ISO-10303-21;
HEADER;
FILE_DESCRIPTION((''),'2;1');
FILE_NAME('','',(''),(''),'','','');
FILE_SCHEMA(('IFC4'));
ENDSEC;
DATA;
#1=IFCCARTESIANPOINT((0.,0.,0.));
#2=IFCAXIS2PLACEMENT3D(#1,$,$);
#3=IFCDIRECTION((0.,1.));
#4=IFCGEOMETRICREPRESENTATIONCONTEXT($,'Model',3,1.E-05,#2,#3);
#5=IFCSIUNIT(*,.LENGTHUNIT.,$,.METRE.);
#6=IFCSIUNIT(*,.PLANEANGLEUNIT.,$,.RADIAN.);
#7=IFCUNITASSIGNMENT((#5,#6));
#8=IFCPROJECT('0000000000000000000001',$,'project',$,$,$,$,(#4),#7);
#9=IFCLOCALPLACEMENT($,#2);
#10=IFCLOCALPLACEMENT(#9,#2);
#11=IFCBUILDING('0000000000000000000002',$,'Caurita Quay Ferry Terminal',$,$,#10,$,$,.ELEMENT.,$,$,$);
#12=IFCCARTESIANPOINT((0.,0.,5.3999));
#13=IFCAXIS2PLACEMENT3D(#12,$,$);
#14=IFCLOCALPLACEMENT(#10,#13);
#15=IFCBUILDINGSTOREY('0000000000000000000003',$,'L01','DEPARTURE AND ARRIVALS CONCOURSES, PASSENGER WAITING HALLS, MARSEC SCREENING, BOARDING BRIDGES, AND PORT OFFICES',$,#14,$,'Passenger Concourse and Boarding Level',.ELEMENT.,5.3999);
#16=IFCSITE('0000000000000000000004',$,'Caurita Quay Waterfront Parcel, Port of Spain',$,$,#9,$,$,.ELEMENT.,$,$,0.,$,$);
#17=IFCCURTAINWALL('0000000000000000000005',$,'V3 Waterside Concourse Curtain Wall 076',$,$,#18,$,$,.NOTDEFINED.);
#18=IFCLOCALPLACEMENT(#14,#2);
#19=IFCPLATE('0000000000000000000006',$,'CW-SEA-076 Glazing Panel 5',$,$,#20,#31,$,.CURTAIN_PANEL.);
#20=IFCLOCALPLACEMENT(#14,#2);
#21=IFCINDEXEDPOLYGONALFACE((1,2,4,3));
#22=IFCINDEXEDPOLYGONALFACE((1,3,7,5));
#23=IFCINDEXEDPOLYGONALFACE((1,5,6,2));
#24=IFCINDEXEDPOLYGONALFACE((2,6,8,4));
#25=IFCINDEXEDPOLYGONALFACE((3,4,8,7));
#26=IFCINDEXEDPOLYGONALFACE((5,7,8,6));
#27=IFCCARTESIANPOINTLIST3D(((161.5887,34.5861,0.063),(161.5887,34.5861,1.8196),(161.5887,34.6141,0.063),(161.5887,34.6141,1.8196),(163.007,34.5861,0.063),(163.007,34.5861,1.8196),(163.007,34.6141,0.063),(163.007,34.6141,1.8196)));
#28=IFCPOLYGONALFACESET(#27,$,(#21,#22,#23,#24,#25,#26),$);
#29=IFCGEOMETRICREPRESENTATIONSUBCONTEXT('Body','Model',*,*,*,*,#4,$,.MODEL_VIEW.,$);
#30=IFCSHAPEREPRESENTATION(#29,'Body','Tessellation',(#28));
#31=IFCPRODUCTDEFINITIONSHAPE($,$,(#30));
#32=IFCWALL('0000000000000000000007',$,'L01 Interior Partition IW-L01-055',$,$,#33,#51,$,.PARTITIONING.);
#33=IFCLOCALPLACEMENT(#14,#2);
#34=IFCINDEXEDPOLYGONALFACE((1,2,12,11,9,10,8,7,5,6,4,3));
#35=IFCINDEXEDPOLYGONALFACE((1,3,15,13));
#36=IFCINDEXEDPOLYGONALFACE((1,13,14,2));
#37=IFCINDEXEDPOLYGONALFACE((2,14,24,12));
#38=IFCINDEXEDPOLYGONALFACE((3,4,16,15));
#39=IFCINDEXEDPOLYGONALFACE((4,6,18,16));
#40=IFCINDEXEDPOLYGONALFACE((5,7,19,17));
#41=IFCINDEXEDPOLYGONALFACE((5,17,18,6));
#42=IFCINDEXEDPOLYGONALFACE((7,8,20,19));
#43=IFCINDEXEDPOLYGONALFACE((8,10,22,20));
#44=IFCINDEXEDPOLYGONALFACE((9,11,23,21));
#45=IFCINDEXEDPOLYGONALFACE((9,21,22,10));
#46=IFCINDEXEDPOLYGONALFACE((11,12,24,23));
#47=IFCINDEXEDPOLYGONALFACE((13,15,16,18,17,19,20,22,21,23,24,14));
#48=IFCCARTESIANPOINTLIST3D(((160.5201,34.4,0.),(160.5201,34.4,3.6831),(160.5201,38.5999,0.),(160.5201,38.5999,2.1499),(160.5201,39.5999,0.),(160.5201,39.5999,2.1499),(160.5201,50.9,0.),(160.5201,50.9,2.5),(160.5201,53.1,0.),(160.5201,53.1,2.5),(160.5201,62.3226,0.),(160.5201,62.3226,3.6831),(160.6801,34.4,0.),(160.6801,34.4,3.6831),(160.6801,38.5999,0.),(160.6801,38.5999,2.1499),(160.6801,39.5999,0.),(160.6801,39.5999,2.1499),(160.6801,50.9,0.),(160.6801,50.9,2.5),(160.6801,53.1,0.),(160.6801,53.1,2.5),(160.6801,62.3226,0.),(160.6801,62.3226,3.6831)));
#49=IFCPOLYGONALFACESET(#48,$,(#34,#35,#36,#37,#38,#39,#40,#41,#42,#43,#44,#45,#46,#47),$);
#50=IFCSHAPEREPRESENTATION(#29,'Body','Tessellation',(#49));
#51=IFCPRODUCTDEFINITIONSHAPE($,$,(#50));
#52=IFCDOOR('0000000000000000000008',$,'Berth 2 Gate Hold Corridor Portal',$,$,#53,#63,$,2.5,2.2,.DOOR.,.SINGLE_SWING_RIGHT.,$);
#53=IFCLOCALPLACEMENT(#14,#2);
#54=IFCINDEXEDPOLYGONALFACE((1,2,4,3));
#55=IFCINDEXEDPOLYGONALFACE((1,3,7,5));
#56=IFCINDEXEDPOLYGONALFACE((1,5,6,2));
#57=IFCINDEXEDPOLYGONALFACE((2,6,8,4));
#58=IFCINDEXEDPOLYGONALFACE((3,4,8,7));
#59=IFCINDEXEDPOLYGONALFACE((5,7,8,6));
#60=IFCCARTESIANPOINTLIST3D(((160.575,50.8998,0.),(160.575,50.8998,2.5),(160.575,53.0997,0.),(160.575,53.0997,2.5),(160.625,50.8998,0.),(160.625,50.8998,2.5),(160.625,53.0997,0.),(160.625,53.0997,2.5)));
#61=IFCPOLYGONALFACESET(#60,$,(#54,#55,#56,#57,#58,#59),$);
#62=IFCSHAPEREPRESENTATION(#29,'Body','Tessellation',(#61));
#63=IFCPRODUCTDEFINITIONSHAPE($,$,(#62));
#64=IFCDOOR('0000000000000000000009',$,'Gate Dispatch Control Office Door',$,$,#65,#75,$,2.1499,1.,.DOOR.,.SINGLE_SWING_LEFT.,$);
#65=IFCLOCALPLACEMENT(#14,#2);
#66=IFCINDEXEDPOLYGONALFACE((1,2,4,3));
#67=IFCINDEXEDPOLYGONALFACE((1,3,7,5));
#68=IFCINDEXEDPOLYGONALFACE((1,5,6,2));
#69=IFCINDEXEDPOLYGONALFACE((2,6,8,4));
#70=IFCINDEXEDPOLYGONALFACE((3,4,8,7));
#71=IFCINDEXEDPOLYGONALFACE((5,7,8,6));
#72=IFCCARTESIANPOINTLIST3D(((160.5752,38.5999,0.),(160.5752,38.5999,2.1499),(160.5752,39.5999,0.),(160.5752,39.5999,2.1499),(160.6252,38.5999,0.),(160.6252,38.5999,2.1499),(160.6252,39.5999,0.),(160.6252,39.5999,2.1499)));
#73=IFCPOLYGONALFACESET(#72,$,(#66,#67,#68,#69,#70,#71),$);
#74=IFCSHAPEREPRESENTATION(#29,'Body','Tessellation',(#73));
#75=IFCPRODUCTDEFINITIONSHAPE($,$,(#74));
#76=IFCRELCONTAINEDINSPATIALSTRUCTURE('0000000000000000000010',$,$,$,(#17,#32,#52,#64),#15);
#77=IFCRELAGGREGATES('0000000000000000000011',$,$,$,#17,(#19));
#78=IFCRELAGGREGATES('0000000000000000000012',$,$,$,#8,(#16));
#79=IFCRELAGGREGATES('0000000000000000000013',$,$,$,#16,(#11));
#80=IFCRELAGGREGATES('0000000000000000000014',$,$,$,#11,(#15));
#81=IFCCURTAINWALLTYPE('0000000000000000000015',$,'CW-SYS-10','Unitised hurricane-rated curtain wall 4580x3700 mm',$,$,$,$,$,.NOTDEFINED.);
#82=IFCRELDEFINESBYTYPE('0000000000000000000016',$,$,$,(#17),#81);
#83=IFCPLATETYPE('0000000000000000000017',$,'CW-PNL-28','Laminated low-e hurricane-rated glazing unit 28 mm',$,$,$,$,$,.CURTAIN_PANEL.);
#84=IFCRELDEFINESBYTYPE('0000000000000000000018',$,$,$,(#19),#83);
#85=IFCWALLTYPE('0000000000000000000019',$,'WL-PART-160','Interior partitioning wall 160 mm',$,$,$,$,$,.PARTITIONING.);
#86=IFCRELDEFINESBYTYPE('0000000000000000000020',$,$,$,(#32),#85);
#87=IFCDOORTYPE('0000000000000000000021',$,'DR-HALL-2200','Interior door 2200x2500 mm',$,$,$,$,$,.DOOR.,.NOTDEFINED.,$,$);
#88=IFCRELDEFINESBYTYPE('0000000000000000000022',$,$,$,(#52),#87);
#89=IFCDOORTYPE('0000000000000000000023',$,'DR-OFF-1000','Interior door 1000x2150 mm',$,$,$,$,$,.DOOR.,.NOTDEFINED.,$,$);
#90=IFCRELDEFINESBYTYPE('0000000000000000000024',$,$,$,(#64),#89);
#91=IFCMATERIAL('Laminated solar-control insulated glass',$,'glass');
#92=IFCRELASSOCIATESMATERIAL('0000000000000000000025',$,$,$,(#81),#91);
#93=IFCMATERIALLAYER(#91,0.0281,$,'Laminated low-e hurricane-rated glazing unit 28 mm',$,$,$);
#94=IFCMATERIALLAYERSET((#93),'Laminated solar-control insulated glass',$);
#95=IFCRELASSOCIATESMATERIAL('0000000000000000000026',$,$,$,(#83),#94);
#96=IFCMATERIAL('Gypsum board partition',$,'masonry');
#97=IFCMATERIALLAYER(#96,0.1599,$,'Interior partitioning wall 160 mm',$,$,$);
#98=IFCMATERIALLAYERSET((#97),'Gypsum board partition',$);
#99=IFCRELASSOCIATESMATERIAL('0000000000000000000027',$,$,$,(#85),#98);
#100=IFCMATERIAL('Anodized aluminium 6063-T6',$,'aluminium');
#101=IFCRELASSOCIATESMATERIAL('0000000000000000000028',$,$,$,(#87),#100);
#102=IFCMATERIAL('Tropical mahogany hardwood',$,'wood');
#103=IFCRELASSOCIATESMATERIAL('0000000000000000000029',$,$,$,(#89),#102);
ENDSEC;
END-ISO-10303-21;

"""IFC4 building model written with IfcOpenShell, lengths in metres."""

from ifc_helpers import new_model, si_unit, direction, frame, frame_2d, origin, origin_2d, place, context, subcontext, project, spatial, rectangle, extrude, material, layer, layer_set, type_object, element, fill, aggregate, save


model = new_model("IFC4")

# Units and contexts
model_context = context("Model", 3, precision=1e-05, world=origin(), true_north=direction((0.0, 1.0)))
body_context = subcontext(model_context, "Body", "Model", "MODEL_VIEW")
ifc_project = project(units=[si_unit("LENGTHUNIT", "METRE"), si_unit("PLANEANGLEUNIT", "RADIAN")], contexts=[model_context])

# Site, building, storey
site_placement = place(None, origin())
site = spatial("IfcSite", under=ifc_project, at=site_placement, Name="Caurita Quay Waterfront Parcel, Port of Spain", CompositionType="ELEMENT", RefElevation=0.0)
building_placement = place(site_placement, origin())
building = spatial("IfcBuilding", under=site, at=building_placement, Name="Caurita Quay Ferry Terminal", CompositionType="ELEMENT")
storey_placement = place(building_placement, frame((0.0, 0.0, 5.3999)))
storey = spatial("IfcBuildingStorey", under=building, at=storey_placement, Name="L01", Description="DEPARTURE AND ARRIVALS CONCOURSES, PASSENGER WAITING HALLS, MARSEC SCREENING, BOARDING BRIDGES, AND PORT OFFICES", LongName="Passenger Concourse and Boarding Level", CompositionType="ELEMENT", Elevation=5.3999)

# Curtain wall
ifc_material_1 = material(Name="Laminated solar-control insulated glass", Category="glass")
curtain_wall_type = type_object("IfcCurtainWallType", Name="CW-SYS-10", Description="Unitised hurricane-rated curtain wall 4580x3700 mm", PredefinedType="NOTDEFINED", material=ifc_material_1)
ifc_material_2 = material(Name="Anodized aluminium 6063-T6", Category="aluminium")
curtain_wall_1_placement = place(storey_placement, origin())
curtain_wall_1 = element("IfcCurtainWall", 1, at=curtain_wall_1_placement, inside=storey, type_object=curtain_wall_type, Name="V3 Waterside Concourse Curtain Wall 076", PredefinedType="NOTDEFINED")

# Plate
ifc_layer_1 = layer(ifc_material_1, 0.0281, Name="Laminated low-e hurricane-rated glazing unit 28 mm")
ifc_layer_set_1 = layer_set([ifc_layer_1], Name="Laminated solar-control insulated glass")
plate_type = type_object("IfcPlateType", Name="CW-PNL-28", Description="Laminated low-e hurricane-rated glazing unit 28 mm", PredefinedType="CURTAIN_PANEL", material=ifc_layer_set_1)
plate_1_placement = place(storey_placement, frame((162.2979, 34.6001, 0.063), z_axis=(0.0, 0.0, 1.0), x_axis=(1.0, 0.0, 0.0)))
plate_1 = element("IfcPlate", 2, at=plate_1_placement, type_object=plate_type, Name="CW-SEA-076 Glazing Panel 5", PredefinedType="CURTAIN_PANEL", context=body_context, shape_type="SweptSolid", body=[
    extrude(rectangle(XDim=1.4182, YDim=0.0281, at=origin_2d()), origin(), (0.0, 0.0, 1.0), 1.7566),
])
aggregate(curtain_wall_1, [plate_1])

# Wall, openings, doors
ifc_material_3 = material(Name="Gypsum board partition", Category="masonry")
ifc_layer_2 = layer(ifc_material_3, 0.1599, Name="Interior partitioning wall 160 mm")
ifc_layer_set_2 = layer_set([ifc_layer_2], Name="Gypsum board partition")
wall_type = type_object("IfcWallType", Name="WL-PART-160", Description="Interior partitioning wall 160 mm", PredefinedType="PARTITIONING", material=ifc_layer_set_2)
wall_placement = place(storey_placement, frame((160.6001, 34.3999, 0.0), z_axis=(0.0, 0.0, 1.0), x_axis=(0.0, 1.0, 0.0)))
wall = element("IfcWall", 3, at=wall_placement, inside=storey, type_object=wall_type, Name="L01 Interior Partition IW-L01-055", PredefinedType="PARTITIONING", context=body_context, shape_type="SweptSolid", body=[
    extrude(rectangle(XDim=27.9226, YDim=0.1599, at=frame_2d((13.9614, 0.0))), origin(), (0.0, 0.0, 1.0), 3.6831),
])
opening_1_placement = place(wall_placement, frame((4.2, 0.0, 0.0)))
opening_1 = element("IfcOpeningElement", 4, at=opening_1_placement, cuts=wall, PredefinedType="OPENING", context=body_context, shape_type="SweptSolid", body=[
    extrude(rectangle(XDim=1.0, YDim=2.1499, at=frame_2d((0.5, 1.075))), frame((0.0, 0.0898, 0.0), z_axis=(0.0, -1.0, 0.0), x_axis=(1.0, 0.0, 0.0)), (0.0, 0.0, 1.0), 0.1799),
])
opening_2_placement = place(wall_placement, frame((16.5, 0.0, 0.0)))
opening_2 = element("IfcOpeningElement", 5, at=opening_2_placement, cuts=wall, PredefinedType="OPENING", context=body_context, shape_type="SweptSolid", body=[
    extrude(rectangle(XDim=2.2, YDim=2.5, at=frame_2d((1.1001, 1.25))), frame((0.0, 0.0898, 0.0), z_axis=(0.0, -1.0, 0.0), x_axis=(1.0, 0.0, 0.0)), (0.0, 0.0, 1.0), 0.1799),
])
door_type_1 = type_object("IfcDoorType", Name="DR-HALL-2200", Description="Interior door 2200x2500 mm", OperationType="NOTDEFINED", PredefinedType="DOOR", material=ifc_material_2)
door_1_placement = place(opening_2_placement, frame((2.2, 0.0, 0.0), z_axis=(0.0, 0.0, 1.0), x_axis=(-1.0, 0.0, 0.0)))
door_1 = element("IfcDoor", 6, at=door_1_placement, inside=storey, type_object=door_type_1, Name="Berth 2 Gate Hold Corridor Portal", OperationType="SINGLE_SWING_RIGHT", OverallHeight=2.5, OverallWidth=2.2, PredefinedType="DOOR", context=body_context, shape_type="SweptSolid", body=[
    extrude(rectangle(XDim=2.2, YDim=2.5, at=frame_2d((1.1001, 1.25))), frame((0.0, 0.0249, 0.0), z_axis=(0.0, -1.0, 0.0), x_axis=(1.0, 0.0, 0.0)), (0.0, 0.0, 1.0), 0.05),
])
fill(opening_2, door_1)
ifc_material_4 = material(Name="Tropical mahogany hardwood", Category="wood")
door_type_2 = type_object("IfcDoorType", Name="DR-OFF-1000", Description="Interior door 1000x2150 mm", OperationType="NOTDEFINED", PredefinedType="DOOR", material=ifc_material_4)
door_2_placement = place(opening_1_placement, origin())
door_2 = element("IfcDoor", 7, at=door_2_placement, inside=storey, type_object=door_type_2, Name="Gate Dispatch Control Office Door", OperationType="SINGLE_SWING_LEFT", OverallHeight=2.1499, OverallWidth=1.0, PredefinedType="DOOR", context=body_context, shape_type="SweptSolid", body=[
    extrude(rectangle(XDim=1.0, YDim=2.1499, at=frame_2d((0.5, 1.075))), frame((0.0, 0.0249, 0.0), z_axis=(0.0, -1.0, 0.0), x_axis=(1.0, 0.0, 0.0)), (0.0, 0.0, 1.0), 0.05),
])
fill(opening_1, door_2)

save(model, "model.ifc")
